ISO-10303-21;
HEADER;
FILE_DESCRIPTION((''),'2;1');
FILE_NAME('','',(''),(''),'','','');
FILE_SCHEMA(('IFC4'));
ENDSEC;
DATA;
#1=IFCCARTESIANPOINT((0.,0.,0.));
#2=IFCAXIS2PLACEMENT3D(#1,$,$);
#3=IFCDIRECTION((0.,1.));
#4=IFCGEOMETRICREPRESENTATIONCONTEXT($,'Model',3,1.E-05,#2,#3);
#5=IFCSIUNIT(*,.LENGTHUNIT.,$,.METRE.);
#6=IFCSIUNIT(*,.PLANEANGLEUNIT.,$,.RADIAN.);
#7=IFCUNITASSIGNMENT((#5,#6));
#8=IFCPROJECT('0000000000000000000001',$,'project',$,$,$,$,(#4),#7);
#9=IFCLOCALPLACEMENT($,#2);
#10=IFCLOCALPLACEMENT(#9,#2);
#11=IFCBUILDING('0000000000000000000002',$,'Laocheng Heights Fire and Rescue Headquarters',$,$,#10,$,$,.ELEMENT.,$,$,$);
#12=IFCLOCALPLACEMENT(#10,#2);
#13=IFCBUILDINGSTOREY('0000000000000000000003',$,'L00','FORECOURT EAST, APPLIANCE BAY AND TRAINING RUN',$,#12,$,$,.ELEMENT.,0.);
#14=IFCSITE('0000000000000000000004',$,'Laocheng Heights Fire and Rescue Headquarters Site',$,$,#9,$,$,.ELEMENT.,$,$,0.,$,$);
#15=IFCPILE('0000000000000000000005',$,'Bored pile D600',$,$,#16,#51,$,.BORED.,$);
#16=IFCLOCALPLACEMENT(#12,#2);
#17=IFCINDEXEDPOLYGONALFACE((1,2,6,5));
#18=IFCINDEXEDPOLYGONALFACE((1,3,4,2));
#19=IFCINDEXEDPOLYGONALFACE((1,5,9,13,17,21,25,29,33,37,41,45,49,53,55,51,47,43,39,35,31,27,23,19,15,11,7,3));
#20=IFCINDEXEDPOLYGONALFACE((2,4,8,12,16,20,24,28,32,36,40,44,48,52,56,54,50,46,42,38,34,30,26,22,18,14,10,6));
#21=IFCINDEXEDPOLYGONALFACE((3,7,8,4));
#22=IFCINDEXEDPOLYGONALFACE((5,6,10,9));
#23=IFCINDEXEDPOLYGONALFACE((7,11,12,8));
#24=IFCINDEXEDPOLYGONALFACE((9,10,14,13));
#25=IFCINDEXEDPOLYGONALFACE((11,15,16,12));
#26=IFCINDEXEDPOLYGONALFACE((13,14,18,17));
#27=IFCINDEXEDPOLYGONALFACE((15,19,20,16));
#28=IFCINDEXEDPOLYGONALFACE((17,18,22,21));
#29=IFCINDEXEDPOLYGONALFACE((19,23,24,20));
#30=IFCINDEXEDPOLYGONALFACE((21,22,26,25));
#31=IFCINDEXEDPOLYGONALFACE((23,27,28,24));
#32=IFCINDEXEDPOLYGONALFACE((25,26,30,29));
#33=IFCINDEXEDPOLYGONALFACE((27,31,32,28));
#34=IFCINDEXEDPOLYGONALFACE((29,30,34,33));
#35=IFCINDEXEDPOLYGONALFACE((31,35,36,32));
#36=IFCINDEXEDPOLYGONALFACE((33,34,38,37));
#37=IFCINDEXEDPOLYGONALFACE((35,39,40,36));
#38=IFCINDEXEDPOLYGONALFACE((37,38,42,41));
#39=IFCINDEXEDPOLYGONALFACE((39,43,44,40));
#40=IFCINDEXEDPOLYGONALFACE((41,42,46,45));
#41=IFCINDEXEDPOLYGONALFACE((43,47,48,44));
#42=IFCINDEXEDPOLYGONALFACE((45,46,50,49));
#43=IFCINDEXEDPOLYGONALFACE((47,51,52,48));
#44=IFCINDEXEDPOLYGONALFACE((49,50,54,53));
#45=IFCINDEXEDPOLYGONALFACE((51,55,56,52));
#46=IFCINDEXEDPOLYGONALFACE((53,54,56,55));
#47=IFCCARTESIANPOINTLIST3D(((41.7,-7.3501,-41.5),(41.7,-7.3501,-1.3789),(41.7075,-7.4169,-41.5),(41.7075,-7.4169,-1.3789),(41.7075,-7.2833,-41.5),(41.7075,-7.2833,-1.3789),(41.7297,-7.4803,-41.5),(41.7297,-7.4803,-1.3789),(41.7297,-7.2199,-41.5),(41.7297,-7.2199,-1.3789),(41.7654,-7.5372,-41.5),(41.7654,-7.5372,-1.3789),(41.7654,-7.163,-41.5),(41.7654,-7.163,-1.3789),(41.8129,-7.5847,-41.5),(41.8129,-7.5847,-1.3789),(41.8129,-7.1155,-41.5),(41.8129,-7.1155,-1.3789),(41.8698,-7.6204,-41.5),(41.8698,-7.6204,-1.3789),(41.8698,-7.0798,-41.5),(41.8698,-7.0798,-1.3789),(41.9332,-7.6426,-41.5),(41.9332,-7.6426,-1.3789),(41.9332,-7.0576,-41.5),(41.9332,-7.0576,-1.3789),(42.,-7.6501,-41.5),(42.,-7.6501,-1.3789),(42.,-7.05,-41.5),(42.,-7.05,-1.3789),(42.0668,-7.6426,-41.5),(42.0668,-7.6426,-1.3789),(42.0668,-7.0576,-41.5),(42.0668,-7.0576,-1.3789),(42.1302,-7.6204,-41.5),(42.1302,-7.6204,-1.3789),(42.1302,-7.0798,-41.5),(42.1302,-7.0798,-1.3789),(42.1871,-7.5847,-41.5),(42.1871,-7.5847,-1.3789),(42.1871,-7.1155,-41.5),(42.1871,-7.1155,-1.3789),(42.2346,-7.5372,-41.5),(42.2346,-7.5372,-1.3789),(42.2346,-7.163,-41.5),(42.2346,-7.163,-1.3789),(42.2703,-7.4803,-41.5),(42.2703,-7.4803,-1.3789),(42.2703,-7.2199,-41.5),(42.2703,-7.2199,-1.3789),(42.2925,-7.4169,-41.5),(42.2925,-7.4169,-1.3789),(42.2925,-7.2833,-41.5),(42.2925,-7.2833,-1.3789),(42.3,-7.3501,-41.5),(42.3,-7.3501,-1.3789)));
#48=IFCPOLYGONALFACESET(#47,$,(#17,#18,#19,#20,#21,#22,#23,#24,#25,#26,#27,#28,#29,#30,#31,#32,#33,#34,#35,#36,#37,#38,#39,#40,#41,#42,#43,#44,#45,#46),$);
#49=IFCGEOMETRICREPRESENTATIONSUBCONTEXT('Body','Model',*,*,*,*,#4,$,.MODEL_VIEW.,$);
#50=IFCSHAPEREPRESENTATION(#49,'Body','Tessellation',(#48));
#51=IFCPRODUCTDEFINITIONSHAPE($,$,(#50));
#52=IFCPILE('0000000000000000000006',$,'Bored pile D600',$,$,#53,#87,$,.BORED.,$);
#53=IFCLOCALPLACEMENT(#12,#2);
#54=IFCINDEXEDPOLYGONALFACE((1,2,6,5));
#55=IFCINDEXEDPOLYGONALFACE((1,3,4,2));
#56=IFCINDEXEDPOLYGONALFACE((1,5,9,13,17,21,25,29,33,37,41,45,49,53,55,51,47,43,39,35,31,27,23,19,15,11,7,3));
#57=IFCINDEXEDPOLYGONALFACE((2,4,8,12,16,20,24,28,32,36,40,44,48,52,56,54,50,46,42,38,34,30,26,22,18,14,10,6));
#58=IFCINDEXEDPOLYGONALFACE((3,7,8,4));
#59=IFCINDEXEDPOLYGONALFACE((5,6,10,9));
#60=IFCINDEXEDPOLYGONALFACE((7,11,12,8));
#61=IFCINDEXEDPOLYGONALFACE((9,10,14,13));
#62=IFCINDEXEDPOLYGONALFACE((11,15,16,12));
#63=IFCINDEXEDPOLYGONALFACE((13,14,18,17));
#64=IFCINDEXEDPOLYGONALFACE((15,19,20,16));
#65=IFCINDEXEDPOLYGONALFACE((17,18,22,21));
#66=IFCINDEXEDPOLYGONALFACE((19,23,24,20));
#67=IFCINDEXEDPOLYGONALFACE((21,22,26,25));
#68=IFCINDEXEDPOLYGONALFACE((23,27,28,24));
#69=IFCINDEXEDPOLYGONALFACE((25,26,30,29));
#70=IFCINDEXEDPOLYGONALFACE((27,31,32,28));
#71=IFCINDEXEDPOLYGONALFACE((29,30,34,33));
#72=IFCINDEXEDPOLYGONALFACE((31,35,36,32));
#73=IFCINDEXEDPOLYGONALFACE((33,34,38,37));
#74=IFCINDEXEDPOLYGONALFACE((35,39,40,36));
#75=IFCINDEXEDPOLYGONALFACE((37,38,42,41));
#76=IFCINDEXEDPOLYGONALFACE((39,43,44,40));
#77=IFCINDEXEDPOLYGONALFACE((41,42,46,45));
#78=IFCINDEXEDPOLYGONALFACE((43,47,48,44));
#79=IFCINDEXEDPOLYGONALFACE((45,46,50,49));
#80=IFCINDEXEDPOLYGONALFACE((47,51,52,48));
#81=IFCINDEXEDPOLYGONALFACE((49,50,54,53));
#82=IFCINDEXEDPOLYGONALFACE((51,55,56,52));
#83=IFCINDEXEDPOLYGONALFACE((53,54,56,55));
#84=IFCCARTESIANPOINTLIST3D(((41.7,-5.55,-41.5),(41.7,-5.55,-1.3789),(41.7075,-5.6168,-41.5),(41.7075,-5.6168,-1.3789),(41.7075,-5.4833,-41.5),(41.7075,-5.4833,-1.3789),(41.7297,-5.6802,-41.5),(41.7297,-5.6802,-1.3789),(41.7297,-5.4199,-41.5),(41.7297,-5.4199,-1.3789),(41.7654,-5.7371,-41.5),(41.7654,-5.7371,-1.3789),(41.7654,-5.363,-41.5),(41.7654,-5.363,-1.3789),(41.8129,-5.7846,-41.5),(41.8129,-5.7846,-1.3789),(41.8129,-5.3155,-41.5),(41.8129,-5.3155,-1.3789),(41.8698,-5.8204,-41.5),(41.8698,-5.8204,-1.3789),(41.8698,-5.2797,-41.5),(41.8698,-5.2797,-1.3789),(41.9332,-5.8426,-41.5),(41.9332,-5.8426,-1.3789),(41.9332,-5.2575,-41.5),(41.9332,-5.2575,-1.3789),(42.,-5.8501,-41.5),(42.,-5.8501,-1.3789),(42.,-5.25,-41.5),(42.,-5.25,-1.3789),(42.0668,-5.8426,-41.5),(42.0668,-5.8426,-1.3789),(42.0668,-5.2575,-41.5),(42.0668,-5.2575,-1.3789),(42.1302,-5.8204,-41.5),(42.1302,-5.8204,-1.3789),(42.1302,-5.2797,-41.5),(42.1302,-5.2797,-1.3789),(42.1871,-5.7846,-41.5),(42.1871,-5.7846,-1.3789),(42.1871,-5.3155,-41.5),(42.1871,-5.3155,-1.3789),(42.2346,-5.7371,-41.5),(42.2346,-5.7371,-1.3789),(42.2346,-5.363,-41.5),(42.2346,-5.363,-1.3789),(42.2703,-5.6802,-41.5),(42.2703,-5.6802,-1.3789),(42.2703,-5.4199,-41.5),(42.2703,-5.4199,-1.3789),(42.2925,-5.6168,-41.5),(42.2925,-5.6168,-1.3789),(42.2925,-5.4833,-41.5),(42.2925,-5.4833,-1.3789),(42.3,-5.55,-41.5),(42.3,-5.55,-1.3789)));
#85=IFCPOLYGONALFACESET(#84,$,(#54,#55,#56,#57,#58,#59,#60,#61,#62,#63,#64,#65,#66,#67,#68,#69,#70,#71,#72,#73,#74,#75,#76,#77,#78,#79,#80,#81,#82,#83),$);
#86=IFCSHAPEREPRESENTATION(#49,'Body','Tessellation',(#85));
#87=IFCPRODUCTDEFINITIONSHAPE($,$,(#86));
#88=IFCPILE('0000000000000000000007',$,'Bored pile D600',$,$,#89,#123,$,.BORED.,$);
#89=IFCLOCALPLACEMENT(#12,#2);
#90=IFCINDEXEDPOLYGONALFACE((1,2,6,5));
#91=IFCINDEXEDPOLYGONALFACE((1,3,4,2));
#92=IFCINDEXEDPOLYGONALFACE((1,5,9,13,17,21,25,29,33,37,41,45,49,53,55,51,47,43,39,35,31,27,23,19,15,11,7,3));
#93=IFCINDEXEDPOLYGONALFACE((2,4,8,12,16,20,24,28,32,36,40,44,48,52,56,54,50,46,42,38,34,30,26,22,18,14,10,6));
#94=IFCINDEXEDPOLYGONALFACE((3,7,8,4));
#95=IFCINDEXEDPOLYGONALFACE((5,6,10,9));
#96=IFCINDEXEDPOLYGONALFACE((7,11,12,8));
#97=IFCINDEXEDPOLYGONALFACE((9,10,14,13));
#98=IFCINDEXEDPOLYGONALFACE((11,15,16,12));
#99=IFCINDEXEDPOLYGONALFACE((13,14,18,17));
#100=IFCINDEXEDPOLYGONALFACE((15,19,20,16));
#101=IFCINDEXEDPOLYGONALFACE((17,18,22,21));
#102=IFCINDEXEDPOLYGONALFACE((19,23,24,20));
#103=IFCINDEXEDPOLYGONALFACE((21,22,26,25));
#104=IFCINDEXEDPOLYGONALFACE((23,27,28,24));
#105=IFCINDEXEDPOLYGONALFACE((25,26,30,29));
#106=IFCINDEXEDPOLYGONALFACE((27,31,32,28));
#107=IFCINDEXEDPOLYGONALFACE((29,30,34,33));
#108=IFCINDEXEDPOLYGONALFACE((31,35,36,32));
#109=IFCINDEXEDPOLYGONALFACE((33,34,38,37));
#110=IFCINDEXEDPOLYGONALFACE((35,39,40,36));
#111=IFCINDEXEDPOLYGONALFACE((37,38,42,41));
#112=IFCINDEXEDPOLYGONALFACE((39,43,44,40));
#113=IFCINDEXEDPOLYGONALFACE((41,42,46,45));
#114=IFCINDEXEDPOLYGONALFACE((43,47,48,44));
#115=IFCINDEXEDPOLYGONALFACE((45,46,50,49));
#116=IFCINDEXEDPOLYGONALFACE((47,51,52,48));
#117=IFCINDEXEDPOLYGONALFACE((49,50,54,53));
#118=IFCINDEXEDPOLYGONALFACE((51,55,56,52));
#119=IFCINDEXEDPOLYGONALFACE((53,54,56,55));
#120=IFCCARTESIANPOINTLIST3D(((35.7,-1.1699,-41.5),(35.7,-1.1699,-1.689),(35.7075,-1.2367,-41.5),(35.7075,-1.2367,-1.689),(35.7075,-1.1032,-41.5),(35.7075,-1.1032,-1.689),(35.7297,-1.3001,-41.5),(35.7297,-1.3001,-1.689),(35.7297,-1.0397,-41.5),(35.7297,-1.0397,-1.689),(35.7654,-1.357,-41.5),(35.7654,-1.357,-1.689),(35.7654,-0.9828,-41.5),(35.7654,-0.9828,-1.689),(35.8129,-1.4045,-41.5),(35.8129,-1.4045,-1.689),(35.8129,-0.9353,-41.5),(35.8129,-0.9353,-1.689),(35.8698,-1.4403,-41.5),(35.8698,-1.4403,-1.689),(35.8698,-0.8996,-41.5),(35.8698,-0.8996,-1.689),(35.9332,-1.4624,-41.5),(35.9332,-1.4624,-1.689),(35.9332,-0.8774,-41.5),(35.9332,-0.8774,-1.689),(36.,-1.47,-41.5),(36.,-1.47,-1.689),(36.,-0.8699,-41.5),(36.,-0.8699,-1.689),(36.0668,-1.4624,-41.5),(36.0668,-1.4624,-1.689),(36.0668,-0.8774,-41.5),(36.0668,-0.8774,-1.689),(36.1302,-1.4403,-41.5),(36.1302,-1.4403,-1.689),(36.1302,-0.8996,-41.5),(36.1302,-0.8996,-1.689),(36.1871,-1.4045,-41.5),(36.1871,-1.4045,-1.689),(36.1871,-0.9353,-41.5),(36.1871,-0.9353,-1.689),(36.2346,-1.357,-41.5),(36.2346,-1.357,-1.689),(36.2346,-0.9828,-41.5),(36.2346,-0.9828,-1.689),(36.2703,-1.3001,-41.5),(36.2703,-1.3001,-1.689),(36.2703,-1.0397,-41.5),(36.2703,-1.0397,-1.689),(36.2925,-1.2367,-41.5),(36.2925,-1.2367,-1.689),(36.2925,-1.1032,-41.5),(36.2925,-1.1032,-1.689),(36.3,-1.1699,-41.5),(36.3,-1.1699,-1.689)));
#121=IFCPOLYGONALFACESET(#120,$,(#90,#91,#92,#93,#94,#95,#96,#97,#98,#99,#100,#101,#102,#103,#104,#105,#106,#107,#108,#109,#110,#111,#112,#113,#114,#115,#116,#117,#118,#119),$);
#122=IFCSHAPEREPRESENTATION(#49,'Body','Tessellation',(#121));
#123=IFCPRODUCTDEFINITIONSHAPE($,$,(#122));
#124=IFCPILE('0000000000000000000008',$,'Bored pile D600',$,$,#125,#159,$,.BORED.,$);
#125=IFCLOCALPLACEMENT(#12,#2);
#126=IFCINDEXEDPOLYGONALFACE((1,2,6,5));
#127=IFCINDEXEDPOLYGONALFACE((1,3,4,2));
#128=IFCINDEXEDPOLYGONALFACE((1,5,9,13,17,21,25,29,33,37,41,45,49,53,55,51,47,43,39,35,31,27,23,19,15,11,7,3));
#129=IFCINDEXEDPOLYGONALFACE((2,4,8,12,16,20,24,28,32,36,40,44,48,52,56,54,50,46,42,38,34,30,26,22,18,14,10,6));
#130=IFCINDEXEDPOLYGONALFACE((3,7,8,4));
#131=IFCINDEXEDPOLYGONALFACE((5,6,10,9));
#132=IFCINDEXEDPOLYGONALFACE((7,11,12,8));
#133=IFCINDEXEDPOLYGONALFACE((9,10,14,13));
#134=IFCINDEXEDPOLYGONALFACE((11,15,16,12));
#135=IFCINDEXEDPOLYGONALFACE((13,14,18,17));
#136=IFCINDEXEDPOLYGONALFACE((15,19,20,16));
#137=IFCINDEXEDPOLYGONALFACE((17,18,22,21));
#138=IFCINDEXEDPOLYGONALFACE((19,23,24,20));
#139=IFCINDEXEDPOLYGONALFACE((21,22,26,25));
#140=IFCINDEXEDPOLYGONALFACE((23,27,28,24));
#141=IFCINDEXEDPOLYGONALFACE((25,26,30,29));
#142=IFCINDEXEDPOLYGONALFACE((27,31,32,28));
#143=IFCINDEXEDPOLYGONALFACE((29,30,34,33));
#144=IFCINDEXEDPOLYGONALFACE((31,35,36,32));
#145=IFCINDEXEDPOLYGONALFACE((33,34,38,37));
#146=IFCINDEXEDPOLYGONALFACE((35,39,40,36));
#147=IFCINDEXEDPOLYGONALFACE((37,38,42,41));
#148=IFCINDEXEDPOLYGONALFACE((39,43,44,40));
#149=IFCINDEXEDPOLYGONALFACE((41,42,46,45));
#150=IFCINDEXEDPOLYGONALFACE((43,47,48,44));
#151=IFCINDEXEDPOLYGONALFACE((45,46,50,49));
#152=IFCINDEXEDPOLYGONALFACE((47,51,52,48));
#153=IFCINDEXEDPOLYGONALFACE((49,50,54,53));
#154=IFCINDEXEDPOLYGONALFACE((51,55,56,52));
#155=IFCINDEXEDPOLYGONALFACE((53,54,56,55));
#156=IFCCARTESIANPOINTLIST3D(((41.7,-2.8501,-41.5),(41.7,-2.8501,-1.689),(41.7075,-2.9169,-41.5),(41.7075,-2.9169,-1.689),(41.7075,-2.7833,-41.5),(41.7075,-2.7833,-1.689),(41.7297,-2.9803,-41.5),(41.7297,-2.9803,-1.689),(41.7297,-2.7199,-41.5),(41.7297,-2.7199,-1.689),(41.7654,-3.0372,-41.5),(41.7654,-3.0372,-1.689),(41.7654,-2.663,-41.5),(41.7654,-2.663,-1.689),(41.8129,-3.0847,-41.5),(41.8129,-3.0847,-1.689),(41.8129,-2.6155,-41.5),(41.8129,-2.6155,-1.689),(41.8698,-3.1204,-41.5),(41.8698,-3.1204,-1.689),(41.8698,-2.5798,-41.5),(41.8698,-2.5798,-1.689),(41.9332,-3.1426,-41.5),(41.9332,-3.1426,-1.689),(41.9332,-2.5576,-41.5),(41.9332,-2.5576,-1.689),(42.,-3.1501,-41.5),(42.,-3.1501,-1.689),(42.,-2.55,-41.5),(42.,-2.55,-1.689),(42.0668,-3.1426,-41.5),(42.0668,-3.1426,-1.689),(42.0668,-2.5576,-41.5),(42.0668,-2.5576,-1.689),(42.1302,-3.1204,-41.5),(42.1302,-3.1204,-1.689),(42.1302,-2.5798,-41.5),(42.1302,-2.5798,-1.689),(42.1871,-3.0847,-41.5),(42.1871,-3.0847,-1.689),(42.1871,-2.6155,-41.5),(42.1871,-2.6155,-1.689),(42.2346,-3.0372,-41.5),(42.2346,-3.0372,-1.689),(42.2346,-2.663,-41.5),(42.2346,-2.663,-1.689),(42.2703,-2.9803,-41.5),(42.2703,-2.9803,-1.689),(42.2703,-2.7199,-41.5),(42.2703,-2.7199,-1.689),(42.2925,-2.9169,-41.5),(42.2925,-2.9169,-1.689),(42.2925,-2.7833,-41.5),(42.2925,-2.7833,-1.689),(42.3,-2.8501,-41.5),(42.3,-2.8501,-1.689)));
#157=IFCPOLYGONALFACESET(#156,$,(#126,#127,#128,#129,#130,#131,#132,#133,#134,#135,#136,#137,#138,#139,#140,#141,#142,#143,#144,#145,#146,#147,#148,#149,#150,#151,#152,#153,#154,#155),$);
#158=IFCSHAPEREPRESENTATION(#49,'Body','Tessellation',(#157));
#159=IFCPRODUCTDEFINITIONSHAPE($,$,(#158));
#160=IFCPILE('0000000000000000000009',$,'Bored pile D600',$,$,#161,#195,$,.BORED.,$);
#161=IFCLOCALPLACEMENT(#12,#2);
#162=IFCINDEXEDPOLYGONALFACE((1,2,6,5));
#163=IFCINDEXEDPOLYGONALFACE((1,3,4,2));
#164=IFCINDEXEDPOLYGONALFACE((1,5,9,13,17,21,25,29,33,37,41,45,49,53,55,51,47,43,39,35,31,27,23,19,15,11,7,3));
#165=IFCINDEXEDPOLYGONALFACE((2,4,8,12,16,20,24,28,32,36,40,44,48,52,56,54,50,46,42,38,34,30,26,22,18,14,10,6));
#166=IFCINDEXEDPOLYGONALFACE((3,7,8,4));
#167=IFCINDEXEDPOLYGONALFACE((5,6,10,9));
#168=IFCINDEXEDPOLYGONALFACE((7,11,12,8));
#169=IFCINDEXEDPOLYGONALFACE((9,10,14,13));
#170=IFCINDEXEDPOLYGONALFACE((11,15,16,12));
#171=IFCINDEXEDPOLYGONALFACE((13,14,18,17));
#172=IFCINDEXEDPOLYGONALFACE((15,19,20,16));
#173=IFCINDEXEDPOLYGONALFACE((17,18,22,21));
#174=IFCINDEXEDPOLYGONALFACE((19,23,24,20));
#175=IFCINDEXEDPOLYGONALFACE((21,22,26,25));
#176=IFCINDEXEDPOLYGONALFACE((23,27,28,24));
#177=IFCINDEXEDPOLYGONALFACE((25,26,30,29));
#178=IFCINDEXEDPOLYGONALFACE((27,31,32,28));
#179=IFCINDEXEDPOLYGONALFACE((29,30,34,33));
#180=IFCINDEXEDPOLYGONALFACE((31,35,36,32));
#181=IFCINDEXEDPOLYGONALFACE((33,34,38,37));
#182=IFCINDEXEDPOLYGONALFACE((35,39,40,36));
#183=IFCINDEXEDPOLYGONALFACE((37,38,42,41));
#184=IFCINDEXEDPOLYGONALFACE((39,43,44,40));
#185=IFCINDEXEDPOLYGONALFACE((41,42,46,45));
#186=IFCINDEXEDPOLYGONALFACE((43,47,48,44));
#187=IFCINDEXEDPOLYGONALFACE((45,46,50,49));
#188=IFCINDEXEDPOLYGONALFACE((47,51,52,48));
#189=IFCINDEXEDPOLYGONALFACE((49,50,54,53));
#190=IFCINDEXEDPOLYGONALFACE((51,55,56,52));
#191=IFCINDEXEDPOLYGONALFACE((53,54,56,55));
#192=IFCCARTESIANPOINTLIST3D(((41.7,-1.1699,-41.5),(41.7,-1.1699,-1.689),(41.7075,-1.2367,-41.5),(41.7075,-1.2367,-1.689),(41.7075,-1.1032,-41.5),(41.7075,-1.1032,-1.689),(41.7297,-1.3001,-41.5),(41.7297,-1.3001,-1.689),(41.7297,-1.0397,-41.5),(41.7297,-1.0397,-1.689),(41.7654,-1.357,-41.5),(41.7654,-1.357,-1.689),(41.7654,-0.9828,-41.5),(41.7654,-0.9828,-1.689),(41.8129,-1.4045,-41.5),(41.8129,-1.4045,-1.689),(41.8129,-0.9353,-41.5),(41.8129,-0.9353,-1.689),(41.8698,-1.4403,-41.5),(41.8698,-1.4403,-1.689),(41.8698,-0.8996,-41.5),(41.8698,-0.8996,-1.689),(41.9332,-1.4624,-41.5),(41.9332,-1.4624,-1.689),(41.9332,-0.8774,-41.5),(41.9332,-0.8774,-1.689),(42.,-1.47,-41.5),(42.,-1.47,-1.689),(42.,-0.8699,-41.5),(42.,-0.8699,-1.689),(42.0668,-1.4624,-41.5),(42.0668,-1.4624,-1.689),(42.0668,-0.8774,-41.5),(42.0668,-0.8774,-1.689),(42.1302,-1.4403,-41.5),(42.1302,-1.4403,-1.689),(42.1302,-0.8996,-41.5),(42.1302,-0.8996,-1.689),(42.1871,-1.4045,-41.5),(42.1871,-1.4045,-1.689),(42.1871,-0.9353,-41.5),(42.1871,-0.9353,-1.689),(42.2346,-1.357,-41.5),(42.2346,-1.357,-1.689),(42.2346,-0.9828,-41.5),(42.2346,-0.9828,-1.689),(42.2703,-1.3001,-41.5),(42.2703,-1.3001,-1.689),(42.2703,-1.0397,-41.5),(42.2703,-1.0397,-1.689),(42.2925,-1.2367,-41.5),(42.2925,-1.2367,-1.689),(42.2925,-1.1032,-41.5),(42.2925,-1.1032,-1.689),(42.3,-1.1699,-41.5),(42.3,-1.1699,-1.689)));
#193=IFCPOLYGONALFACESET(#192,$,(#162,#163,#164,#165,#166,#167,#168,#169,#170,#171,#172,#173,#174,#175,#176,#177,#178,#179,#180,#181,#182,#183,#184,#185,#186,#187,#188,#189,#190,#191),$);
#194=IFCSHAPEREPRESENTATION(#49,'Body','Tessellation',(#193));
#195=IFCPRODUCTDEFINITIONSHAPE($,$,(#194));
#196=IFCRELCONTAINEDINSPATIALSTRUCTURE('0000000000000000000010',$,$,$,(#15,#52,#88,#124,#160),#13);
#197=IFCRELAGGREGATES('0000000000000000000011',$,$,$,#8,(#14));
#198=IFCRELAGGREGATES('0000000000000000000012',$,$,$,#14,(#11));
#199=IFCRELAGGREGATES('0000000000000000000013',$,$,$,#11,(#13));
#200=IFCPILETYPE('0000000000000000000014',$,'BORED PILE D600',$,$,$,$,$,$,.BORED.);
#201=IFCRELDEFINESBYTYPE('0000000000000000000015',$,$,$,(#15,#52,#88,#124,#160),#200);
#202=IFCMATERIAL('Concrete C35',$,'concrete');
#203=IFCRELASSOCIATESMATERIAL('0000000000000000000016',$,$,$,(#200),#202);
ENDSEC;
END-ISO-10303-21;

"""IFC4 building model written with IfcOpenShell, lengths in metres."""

from ifc_helpers import new_model, si_unit, direction, frame, origin, origin_2d, place, context, subcontext, project, spatial, circle, extrude, material, material_profile, profile_set, type_object, element, save


model = new_model("IFC4")

# Units and contexts
model_context = context("Model", 3, precision=1e-05, world=origin(), true_north=direction((0.0, 1.0)))
body_context = subcontext(model_context, "Body", "Model", "MODEL_VIEW")
ifc_project = project(units=[si_unit("LENGTHUNIT", "METRE"), si_unit("PLANEANGLEUNIT", "RADIAN")], contexts=[model_context])

# Site, building, storey
site_placement = place(None, origin())
site = spatial("IfcSite", under=ifc_project, at=site_placement, Name="Laocheng Heights Fire and Rescue Headquarters Site", CompositionType="ELEMENT", RefElevation=0.0)
building_placement = place(site_placement, origin())
building = spatial("IfcBuilding", under=site, at=building_placement, Name="Laocheng Heights Fire and Rescue Headquarters", CompositionType="ELEMENT")
storey_placement = place(building_placement, origin())
storey = spatial("IfcBuildingStorey", under=building, at=storey_placement, Name="L00", Description="FORECOURT EAST, APPLIANCE BAY AND TRAINING RUN", CompositionType="ELEMENT", Elevation=0.0)

# Piles
ifc_material_1 = material(Name="Concrete C35", Category="concrete")
ifc_material_profile_1 = material_profile(ifc_material_1, circle(Radius=0.3, at=origin_2d()), Name="BORED PILE D600")
ifc_profile_set_1 = profile_set([ifc_material_profile_1], Name="Concrete C35")
pile_type_1 = type_object("IfcPileType", Name="BORED PILE D600", PredefinedType="BORED", material=ifc_profile_set_1)
for number, where, z_axis, x_axis, name in (
    (1, (42.0, -7.3501, -1.3789), (0.0, 0.0, -1.0), (1.0, 0.0, 0.0), "Bored pile D600"),
    (2, (42.0, -5.55, -1.3789), (0.0, 0.0, -1.0), (1.0, 0.0, 0.0), "Bored pile D600"),
):
    element("IfcPile", number, at=place(storey_placement, frame(where, z_axis=z_axis, x_axis=x_axis)), inside=storey, type_object=pile_type_1, Name=name, PredefinedType="BORED", context=body_context, shape_type="SweptSolid", body=[
        extrude(circle(Radius=0.3, at=origin_2d()), origin(), (0.0, 0.0, 1.0), 40.1211),
    ])
for number, where, z_axis, x_axis, name in (
    (3, (36.0, -1.1699, -1.689), (0.0, 0.0, -1.0), (1.0, 0.0, 0.0), "Bored pile D600"),
    (4, (42.0, -2.8501, -1.689), (0.0, 0.0, -1.0), (1.0, 0.0, 0.0), "Bored pile D600"),
    (5, (42.0, -1.1699, -1.689), (0.0, 0.0, -1.0), (1.0, 0.0, 0.0), "Bored pile D600"),
):
    element("IfcPile", number, at=place(storey_placement, frame(where, z_axis=z_axis, x_axis=x_axis)), inside=storey, type_object=pile_type_1, Name=name, PredefinedType="BORED", context=body_context, shape_type="SweptSolid", body=[
        extrude(circle(Radius=0.3, at=origin_2d()), origin(), (0.0, 0.0, 1.0), 39.811),
    ])

save(model, "model.ifc")
